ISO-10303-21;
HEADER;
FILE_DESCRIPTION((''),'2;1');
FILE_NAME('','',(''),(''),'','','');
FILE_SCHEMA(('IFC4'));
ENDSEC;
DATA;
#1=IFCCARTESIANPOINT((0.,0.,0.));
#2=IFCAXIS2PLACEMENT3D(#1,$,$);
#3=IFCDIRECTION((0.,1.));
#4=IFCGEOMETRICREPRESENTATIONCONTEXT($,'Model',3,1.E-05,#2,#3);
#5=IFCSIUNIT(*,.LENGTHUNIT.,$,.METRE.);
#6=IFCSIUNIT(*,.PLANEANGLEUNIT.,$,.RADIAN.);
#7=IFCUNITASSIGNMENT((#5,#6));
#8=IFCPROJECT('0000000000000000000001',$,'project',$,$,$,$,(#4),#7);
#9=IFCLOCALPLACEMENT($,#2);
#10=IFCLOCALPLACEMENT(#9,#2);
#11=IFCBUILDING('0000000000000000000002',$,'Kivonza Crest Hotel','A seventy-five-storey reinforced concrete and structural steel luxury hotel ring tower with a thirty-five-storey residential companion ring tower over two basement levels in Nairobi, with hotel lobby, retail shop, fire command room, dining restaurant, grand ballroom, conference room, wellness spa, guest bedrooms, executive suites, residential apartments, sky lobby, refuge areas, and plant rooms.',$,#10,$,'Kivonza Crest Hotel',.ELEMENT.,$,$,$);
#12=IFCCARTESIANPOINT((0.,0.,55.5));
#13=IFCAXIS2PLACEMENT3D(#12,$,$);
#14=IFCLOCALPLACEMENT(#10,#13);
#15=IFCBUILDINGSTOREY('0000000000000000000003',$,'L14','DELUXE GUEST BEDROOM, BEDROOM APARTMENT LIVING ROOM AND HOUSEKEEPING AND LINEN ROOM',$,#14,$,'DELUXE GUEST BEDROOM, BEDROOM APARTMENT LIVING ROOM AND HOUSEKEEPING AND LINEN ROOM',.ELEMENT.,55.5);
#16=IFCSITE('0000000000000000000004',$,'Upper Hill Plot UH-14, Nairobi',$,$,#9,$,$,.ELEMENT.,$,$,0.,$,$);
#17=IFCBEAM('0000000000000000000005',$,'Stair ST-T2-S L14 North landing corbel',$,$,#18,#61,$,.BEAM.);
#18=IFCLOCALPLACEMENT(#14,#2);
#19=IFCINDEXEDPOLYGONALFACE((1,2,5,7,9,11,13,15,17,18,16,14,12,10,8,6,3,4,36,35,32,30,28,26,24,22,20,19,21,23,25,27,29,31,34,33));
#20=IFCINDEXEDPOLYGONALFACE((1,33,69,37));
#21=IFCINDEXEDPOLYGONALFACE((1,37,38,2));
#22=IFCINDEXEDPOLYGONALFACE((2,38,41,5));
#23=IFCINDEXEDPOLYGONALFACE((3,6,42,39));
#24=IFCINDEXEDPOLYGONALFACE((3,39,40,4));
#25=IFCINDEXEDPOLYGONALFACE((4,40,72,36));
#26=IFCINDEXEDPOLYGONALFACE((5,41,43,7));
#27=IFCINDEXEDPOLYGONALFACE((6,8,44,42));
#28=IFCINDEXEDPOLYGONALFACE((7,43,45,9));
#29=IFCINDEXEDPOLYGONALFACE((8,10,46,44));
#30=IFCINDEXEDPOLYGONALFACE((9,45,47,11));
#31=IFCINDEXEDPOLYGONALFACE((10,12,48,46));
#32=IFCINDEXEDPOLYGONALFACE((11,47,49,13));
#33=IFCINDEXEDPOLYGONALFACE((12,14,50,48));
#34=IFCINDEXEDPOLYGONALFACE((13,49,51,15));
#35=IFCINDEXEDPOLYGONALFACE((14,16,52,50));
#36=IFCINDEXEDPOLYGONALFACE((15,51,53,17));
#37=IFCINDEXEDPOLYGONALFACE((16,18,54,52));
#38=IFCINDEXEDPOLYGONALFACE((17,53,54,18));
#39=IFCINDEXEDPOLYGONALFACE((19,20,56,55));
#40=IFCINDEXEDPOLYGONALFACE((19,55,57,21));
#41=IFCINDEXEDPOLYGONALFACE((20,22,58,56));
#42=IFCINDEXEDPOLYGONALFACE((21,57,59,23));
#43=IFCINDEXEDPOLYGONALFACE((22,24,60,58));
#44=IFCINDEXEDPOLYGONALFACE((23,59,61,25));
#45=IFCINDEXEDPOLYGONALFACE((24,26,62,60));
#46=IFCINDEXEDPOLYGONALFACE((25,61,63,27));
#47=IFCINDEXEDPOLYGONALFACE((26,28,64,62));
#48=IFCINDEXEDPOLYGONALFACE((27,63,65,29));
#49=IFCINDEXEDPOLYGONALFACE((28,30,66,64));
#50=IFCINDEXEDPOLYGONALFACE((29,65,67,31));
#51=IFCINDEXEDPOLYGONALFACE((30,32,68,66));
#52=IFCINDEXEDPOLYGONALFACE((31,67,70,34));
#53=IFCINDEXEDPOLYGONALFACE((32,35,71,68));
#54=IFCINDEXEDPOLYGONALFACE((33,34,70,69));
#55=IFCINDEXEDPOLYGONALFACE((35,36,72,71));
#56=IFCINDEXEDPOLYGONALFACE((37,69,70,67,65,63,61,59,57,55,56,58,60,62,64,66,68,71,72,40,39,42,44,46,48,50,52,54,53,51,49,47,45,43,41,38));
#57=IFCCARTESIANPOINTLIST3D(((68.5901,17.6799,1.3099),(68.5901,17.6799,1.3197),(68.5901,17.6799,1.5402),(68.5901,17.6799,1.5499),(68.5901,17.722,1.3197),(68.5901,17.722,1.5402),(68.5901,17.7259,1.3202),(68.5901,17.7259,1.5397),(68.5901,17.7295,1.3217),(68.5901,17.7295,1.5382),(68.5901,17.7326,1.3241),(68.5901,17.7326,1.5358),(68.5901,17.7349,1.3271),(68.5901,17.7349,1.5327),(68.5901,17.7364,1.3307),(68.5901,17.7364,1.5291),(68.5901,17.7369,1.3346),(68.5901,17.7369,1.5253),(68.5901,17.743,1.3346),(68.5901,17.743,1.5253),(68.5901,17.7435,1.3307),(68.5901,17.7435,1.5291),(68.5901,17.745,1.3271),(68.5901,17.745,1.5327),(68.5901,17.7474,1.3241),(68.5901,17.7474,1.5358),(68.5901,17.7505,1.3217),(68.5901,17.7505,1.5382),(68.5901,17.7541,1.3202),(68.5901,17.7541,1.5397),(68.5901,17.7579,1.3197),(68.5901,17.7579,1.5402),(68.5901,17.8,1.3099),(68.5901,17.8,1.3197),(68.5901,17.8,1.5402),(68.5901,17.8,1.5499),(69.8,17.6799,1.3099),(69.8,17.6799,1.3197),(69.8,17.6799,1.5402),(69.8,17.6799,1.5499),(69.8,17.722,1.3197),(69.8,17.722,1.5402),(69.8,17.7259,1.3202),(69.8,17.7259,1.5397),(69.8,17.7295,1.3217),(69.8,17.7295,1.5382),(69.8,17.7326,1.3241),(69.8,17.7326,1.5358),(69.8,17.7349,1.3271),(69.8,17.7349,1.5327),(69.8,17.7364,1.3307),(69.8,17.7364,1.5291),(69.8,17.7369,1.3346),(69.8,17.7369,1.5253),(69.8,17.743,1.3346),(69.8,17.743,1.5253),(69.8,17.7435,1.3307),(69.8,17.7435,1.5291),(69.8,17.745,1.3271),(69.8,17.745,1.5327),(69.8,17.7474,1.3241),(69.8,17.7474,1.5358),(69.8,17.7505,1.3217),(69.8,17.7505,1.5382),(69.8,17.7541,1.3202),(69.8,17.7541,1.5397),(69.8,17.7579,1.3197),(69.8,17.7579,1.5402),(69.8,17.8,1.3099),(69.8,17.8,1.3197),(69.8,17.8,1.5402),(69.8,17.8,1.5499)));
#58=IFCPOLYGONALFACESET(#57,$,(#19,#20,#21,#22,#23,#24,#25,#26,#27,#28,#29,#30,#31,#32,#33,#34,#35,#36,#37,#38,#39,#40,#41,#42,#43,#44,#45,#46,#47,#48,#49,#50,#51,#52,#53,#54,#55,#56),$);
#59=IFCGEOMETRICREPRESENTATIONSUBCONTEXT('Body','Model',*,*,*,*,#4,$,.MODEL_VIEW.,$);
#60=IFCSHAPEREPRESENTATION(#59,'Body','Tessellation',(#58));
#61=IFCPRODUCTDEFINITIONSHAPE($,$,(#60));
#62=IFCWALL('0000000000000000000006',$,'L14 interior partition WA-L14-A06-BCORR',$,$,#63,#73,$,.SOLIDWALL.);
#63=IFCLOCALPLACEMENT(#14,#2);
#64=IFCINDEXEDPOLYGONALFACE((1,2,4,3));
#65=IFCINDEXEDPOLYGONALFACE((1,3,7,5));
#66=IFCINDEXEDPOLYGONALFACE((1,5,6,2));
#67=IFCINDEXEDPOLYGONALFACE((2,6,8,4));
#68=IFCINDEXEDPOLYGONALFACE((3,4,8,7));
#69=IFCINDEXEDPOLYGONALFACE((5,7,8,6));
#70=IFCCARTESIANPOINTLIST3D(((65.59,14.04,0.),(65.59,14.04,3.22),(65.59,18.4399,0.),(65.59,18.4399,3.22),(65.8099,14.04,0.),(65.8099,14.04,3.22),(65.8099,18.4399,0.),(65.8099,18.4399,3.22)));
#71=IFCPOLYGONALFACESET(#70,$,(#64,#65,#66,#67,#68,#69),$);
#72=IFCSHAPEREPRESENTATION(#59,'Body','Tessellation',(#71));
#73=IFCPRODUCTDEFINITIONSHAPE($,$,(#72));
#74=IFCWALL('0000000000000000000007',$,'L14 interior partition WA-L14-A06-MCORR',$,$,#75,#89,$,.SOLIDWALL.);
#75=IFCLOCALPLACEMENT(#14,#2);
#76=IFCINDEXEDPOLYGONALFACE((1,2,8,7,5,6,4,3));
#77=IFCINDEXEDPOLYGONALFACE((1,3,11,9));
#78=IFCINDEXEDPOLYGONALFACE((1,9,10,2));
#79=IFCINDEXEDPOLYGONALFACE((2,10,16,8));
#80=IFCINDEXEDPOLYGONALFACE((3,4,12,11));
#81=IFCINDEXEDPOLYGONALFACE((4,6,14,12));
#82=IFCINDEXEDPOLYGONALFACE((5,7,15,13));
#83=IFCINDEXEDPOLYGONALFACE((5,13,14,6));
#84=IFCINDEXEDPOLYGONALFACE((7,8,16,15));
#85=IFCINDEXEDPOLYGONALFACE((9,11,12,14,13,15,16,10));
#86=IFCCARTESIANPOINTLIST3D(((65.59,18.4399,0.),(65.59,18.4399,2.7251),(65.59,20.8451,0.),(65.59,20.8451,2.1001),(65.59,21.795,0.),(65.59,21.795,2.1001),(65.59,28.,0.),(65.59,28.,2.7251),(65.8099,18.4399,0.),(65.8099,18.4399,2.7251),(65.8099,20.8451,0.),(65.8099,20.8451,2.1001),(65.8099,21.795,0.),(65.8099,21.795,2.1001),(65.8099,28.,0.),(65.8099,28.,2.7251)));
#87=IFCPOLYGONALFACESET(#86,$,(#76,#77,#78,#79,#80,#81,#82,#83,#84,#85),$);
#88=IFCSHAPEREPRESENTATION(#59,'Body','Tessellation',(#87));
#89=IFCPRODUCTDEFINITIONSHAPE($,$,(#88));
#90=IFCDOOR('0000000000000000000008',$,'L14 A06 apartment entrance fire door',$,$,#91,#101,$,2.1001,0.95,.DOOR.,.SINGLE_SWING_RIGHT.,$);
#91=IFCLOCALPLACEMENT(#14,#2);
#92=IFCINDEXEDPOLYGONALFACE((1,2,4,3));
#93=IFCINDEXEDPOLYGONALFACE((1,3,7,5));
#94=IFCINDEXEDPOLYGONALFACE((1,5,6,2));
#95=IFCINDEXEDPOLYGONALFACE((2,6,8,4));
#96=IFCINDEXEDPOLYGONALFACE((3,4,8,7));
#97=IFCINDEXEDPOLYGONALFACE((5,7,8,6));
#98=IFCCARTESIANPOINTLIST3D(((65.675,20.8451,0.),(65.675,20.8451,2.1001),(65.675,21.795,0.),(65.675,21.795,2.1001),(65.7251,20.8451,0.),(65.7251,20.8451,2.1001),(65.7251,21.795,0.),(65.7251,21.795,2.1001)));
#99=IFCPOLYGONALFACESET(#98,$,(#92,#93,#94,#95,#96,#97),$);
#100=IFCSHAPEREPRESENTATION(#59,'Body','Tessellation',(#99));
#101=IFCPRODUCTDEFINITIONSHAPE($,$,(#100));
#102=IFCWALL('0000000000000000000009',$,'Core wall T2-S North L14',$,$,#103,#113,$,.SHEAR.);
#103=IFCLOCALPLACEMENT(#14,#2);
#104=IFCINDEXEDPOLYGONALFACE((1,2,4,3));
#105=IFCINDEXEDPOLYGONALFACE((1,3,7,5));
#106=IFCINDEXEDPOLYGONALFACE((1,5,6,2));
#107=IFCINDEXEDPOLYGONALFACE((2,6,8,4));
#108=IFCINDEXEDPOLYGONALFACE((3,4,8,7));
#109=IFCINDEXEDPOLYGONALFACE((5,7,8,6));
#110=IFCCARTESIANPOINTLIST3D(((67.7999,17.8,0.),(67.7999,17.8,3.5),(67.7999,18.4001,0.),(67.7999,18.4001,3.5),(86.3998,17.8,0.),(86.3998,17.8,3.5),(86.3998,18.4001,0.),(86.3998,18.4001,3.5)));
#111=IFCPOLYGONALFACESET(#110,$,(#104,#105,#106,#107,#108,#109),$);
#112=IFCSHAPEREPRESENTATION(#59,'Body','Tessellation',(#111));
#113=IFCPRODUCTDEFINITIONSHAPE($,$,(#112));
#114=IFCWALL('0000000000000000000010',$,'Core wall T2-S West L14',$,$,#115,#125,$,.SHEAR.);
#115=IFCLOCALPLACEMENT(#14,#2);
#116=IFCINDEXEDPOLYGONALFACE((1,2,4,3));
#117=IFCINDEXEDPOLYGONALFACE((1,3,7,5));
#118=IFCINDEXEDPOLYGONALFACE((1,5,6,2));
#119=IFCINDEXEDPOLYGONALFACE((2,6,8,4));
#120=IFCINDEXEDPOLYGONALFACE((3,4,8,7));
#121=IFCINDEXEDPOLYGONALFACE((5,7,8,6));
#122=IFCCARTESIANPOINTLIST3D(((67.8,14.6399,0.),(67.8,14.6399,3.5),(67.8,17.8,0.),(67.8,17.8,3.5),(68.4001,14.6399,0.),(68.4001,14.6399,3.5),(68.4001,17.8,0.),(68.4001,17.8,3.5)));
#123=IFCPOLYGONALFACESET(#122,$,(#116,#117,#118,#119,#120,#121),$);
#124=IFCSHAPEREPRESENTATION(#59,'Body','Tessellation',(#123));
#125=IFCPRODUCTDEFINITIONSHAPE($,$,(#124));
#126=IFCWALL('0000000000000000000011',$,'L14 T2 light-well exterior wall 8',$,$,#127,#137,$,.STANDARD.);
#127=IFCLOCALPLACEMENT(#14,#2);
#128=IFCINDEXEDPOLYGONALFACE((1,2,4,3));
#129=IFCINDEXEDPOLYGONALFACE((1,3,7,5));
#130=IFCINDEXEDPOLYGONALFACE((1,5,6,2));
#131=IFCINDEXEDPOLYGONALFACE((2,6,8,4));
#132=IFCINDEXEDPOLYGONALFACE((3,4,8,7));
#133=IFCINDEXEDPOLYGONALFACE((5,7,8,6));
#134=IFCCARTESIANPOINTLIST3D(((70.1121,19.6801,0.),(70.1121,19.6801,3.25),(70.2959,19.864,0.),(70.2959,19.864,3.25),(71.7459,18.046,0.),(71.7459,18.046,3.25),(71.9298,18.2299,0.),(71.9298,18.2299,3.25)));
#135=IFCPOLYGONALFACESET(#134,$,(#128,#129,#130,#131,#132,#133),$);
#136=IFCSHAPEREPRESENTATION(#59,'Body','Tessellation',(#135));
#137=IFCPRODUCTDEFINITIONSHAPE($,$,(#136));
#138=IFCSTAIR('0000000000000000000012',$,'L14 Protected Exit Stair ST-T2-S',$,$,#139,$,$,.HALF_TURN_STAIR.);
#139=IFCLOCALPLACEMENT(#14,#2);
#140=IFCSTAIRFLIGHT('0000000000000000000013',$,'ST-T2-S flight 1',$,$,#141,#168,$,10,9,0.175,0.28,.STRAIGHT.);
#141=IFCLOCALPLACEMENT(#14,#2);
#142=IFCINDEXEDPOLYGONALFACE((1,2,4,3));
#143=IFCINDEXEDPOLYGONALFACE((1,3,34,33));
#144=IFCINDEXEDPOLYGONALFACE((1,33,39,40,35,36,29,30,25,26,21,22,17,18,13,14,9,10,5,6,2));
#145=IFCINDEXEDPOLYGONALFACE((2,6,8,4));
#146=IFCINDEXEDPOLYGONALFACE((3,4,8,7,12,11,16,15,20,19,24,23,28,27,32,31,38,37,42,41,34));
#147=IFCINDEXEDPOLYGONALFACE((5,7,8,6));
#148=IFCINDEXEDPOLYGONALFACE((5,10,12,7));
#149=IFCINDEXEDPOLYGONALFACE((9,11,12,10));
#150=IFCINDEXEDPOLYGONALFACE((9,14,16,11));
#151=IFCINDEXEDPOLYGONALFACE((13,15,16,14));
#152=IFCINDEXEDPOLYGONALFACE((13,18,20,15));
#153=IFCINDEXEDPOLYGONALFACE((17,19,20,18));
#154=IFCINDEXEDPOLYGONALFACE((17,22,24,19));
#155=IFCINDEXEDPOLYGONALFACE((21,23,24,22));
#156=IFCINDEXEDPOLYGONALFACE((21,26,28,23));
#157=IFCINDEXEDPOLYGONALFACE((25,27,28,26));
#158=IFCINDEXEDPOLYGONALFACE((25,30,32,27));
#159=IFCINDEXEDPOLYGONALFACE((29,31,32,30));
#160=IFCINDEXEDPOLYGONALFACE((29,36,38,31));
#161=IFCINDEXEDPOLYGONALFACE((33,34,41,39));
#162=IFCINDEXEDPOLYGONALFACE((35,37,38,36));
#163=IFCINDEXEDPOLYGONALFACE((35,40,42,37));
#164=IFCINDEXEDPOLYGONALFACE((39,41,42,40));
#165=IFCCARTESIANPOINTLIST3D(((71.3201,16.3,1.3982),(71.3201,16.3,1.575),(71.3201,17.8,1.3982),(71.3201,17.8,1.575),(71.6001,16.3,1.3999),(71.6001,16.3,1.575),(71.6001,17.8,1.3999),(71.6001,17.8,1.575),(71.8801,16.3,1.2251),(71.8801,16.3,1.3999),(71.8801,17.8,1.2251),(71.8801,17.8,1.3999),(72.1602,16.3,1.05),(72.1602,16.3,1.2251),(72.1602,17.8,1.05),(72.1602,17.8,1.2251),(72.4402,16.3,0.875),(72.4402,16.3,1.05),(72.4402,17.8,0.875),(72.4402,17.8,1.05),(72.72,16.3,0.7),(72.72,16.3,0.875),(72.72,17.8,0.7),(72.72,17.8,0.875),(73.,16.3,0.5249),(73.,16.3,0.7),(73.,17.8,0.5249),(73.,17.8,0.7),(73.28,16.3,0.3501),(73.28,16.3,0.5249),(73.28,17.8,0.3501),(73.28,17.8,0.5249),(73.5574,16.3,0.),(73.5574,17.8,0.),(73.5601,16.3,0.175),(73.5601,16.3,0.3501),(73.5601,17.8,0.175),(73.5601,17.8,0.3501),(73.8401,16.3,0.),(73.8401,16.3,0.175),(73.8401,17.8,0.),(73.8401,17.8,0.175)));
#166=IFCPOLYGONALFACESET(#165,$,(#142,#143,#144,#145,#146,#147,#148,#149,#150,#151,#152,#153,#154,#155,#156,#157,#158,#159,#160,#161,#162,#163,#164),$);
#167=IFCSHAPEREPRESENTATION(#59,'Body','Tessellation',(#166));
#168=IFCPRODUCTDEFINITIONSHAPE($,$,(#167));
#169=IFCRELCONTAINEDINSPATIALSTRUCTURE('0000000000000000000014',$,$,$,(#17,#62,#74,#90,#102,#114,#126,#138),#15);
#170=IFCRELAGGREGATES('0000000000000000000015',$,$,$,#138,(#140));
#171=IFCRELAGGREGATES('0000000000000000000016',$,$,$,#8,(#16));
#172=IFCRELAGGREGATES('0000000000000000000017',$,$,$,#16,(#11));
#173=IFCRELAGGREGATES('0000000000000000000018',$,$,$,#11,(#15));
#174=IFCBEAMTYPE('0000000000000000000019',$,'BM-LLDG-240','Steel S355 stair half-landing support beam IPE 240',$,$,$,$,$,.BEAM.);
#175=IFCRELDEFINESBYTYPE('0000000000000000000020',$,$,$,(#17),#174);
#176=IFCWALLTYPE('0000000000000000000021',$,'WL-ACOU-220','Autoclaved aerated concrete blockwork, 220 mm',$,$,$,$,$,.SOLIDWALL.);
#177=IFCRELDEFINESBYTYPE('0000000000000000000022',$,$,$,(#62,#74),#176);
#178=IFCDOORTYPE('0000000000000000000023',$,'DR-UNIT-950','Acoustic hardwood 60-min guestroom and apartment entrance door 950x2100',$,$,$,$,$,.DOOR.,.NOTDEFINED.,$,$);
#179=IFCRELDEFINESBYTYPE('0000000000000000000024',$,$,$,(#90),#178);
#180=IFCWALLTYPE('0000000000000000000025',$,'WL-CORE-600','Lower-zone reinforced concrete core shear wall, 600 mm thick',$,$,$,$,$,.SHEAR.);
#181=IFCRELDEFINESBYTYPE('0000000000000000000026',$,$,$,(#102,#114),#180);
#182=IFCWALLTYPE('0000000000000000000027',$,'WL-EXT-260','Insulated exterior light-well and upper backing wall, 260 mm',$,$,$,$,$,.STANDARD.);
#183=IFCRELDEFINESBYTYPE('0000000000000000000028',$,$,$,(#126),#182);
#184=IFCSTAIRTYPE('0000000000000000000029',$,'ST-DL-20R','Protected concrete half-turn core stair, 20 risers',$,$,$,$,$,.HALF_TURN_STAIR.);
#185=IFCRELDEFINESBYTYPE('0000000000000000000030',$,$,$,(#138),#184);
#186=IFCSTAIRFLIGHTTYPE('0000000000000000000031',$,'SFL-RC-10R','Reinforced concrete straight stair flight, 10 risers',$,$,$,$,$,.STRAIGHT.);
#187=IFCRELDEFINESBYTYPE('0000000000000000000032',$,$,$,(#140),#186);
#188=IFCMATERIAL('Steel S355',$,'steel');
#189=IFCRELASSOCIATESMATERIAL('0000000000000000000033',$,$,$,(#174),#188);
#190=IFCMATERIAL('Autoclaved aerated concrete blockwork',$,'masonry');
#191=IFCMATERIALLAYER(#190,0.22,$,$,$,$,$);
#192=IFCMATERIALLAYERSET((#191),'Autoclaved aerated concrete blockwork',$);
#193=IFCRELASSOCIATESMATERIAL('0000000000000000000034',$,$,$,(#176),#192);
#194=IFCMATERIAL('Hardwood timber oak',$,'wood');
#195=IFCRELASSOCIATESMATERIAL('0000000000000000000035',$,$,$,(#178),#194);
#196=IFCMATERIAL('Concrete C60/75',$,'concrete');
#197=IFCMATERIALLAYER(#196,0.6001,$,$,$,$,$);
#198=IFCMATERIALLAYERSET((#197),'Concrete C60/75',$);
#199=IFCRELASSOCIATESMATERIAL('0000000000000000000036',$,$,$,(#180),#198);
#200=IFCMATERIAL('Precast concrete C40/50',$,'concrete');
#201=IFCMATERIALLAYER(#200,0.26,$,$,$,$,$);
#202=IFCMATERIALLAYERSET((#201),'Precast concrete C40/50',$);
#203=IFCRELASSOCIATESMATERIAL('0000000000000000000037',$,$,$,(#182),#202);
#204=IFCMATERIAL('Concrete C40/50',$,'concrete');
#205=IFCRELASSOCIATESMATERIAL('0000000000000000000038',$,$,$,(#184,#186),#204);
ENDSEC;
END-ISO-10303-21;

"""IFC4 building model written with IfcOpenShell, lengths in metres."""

from ifc_helpers import new_model, si_unit, direction, frame, frame_2d, origin, origin_2d, place, context, subcontext, project, spatial, polyline, rectangle, i_section, outline, extrude, material, layer, layer_set, material_profile, profile_set, type_object, element, fill, aggregate, save


model = new_model("IFC4")

# Units and contexts
model_context = context("Model", 3, precision=1e-05, world=origin(), true_north=direction((0.0, 1.0)))
body_context = subcontext(model_context, "Body", "Model", "MODEL_VIEW")
ifc_project = project(units=[si_unit("LENGTHUNIT", "METRE"), si_unit("PLANEANGLEUNIT", "RADIAN")], contexts=[model_context])

# Site, building, storey
site_placement = place(None, origin())
site = spatial("IfcSite", under=ifc_project, at=site_placement, Name="Upper Hill Plot UH-14, Nairobi", CompositionType="ELEMENT", RefElevation=0.0)
building_placement = place(site_placement, origin())
building = spatial("IfcBuilding", under=site, at=building_placement, Name="Kivonza Crest Hotel", Description="A seventy-five-storey reinforced concrete and structural steel luxury hotel ring tower with a thirty-five-storey residential companion ring tower over two basement levels in Nairobi, with hotel lobby, retail shop, fire command room, dining restaurant, grand ballroom, conference room, wellness spa, guest bedrooms, executive suites, residential apartments, sky lobby, refuge areas, and plant rooms.", LongName="Kivonza Crest Hotel", CompositionType="ELEMENT")
storey_placement = place(building_placement, frame((0.0, 0.0, 55.5)))
storey = spatial("IfcBuildingStorey", under=building, at=storey_placement, Name="L14", Description="DELUXE GUEST BEDROOM, BEDROOM APARTMENT LIVING ROOM AND HOUSEKEEPING AND LINEN ROOM", LongName="DELUXE GUEST BEDROOM, BEDROOM APARTMENT LIVING ROOM AND HOUSEKEEPING AND LINEN ROOM", CompositionType="ELEMENT", Elevation=55.5)

# Beam
ifc_material_1 = material(Name="Steel S355", Category="steel")
ifc_material_profile_1 = material_profile(ifc_material_1, i_section(OverallWidth=0.1201, OverallDepth=0.24, WebThickness=0.0061, FlangeThickness=0.0098, FilletRadius=0.0149, at=origin_2d()), Name="IPE 240")
ifc_profile_set_1 = profile_set([ifc_material_profile_1], Name="Steel S355")
beam_type_1 = type_object("IfcBeamType", Name="BM-LLDG-240", Description="Steel S355 stair half-landing support beam IPE 240", PredefinedType="BEAM", material=ifc_profile_set_1)
for number, where, z_axis, x_axis, name in (
    (1, (68.5901, 17.74, 1.4299), (1.0, 0.0, 0.0), (0.0, 1.0, 0.0), "Stair ST-T2-S L14 North landing corbel"),
):
    element("IfcBeam", number, at=place(storey_placement, frame(where, z_axis=z_axis, x_axis=x_axis)), inside=storey, type_object=beam_type_1, Name=name, PredefinedType="BEAM", context=body_context, shape_type="SweptSolid", body=[
        extrude(i_section(OverallWidth=0.1201, OverallDepth=0.24, WebThickness=0.0061, FlangeThickness=0.0098, FilletRadius=0.0149, at=origin_2d()), origin(), (0.0, 0.0, 1.0), 1.21),
    ])

# Wall
ifc_material_2 = material(Name="Autoclaved aerated concrete blockwork", Category="masonry")
ifc_layer_1 = layer(ifc_material_2, 0.22)
ifc_layer_set_1 = layer_set([ifc_layer_1], Name="Autoclaved aerated concrete blockwork")
wall_type_1 = type_object("IfcWallType", Name="WL-ACOU-220", Description="Autoclaved aerated concrete blockwork, 220 mm", PredefinedType="SOLIDWALL", material=ifc_layer_set_1)
wall_1_placement = place(storey_placement, frame((65.7, 14.04, 0.0), z_axis=(0.0, 0.0, 1.0), x_axis=(0.0, 1.0, 0.0)))
element("IfcWall", 2, at=wall_1_placement, inside=storey, type_object=wall_type_1, Name="L14 interior partition WA-L14-A06-BCORR", PredefinedType="SOLIDWALL", context=body_context, shape_type="SweptSolid", body=[
    extrude(rectangle(XDim=4.3999, YDim=0.22, at=frame_2d((2.2, 0.0))), origin(), (0.0, 0.0, 1.0), 3.22),
])

# Wall, opening, door
wall_2_placement = place(storey_placement, frame((65.7, 18.4399, 0.0), z_axis=(0.0, 0.0, 1.0), x_axis=(0.0, 1.0, 0.0)))
wall_2 = element("IfcWall", 3, at=wall_2_placement, inside=storey, type_object=wall_type_1, Name="L14 interior partition WA-L14-A06-MCORR", PredefinedType="SOLIDWALL", context=body_context, shape_type="SweptSolid", body=[
    extrude(rectangle(XDim=9.5601, YDim=0.22, at=frame_2d((4.78, 0.0))), origin(), (0.0, 0.0, 1.0), 2.7251),
])
opening_1_placement = place(wall_2_placement, frame((2.405, 0.0, 0.0)))
opening_1 = element("IfcOpeningElement", 4, at=opening_1_placement, cuts=wall_2, PredefinedType="OPENING", context=body_context, shape_type="SweptSolid", body=[
    extrude(rectangle(XDim=0.95, YDim=2.1001, at=frame_2d((0.4751, 1.05))), frame((0.0, 0.1201, 0.0), z_axis=(0.0, -1.0, 0.0), x_axis=(1.0, 0.0, 0.0)), (0.0, 0.0, 1.0), 0.24),
])
ifc_material_3 = material(Name="Hardwood timber oak", Category="wood")
door_type_1 = type_object("IfcDoorType", Name="DR-UNIT-950", Description="Acoustic hardwood 60-min guestroom and apartment entrance door 950x2100", OperationType="NOTDEFINED", PredefinedType="DOOR", material=ifc_material_3)
door_1_placement = place(opening_1_placement, origin())
door_1 = element("IfcDoor", 5, at=door_1_placement, inside=storey, type_object=door_type_1, Name="L14 A06 apartment entrance fire door", OperationType="SINGLE_SWING_RIGHT", OverallHeight=2.1001, OverallWidth=0.95, PredefinedType="DOOR", context=body_context, shape_type="SweptSolid", body=[
    extrude(rectangle(XDim=0.95, YDim=2.1001, at=frame_2d((0.4751, 1.05))), frame((0.0, 0.0249, 0.0), z_axis=(0.0, -1.0, 0.0), x_axis=(1.0, 0.0, 0.0)), (0.0, 0.0, 1.0), 0.05),
])
fill(opening_1, door_1)

# Shared definitions
ifc_material_4 = material(Name="Concrete C60/75", Category="concrete")
ifc_layer_2 = layer(ifc_material_4, 0.6001)
ifc_layer_set_2 = layer_set([ifc_layer_2], Name="Concrete C60/75")
wall_type_2 = type_object("IfcWallType", Name="WL-CORE-600", Description="Lower-zone reinforced concrete core shear wall, 600 mm thick", PredefinedType="SHEAR", material=ifc_layer_set_2)

# Walls
wall_3_placement = place(storey_placement, frame((67.8, 18.1001, 0.0), z_axis=(0.0, 0.0, 1.0), x_axis=(1.0, 0.0, 0.0)))
element("IfcWall", 6, at=wall_3_placement, inside=storey, type_object=wall_type_2, Name="Core wall T2-S North L14", PredefinedType="SHEAR", context=body_context, shape_type="SweptSolid", body=[
    extrude(rectangle(XDim=18.5999, YDim=0.6001, at=frame_2d((9.2998, 0.0))), origin(), (0.0, 0.0, 1.0), 3.5),
])
wall_4_placement = place(storey_placement, frame((68.1001, 14.6399, 0.0), z_axis=(0.0, 0.0, 1.0), x_axis=(0.0, 1.0, 0.0)))
element("IfcWall", 7, at=wall_4_placement, inside=storey, type_object=wall_type_2, Name="Core wall T2-S West L14", PredefinedType="SHEAR", context=body_context, shape_type="SweptSolid", body=[
    extrude(rectangle(XDim=3.1602, YDim=0.6001, at=frame_2d((1.5801, 0.0))), origin(), (0.0, 0.0, 1.0), 3.5),
])
ifc_material_5 = material(Name="Precast concrete C40/50", Category="concrete")
ifc_layer_3 = layer(ifc_material_5, 0.26)
ifc_layer_set_3 = layer_set([ifc_layer_3], Name="Precast concrete C40/50")
wall_type_3 = type_object("IfcWallType", Name="WL-EXT-260", Description="Insulated exterior light-well and upper backing wall, 260 mm", PredefinedType="STANDARD", material=ifc_layer_set_3)
wall_5_placement = place(storey_placement, frame((70.2041, 19.772, 0.0), z_axis=(0.0, 0.0, 1.0), x_axis=(0.707054, -0.70716, 0.0)))
element("IfcWall", 8, at=wall_5_placement, inside=storey, type_object=wall_type_3, Name="L14 T2 light-well exterior wall 8", PredefinedType="STANDARD", context=body_context, shape_type="SweptSolid", body=[
    extrude(rectangle(XDim=2.3108, YDim=0.26, at=frame_2d((1.1553, 0.0))), origin(), (0.0, 0.0, 1.0), 3.25),
])

# Stair, stair flight
ifc_material_6 = material(Name="Concrete C40/50", Category="concrete")
stair_type = type_object("IfcStairType", Name="ST-DL-20R", Description="Protected concrete half-turn core stair, 20 risers", PredefinedType="HALF_TURN_STAIR", material=ifc_material_6)
stair_placement = place(storey_placement, origin())
stair = element("IfcStair", 9, at=stair_placement, inside=storey, type_object=stair_type, Name="L14 Protected Exit Stair ST-T2-S", PredefinedType="HALF_TURN_STAIR")
stair_flight_type = type_object("IfcStairFlightType", Name="SFL-RC-10R", Description="Reinforced concrete straight stair flight, 10 risers", PredefinedType="STRAIGHT", material=ifc_material_6)
stair_flight_1_placement = place(storey_placement, frame((73.8401, 17.05, 0.0), z_axis=(0.0, 0.0, 1.0), x_axis=(-1.0, 0.0, 0.0)))
stair_flight_1 = element("IfcStairFlight", 10, at=stair_flight_1_placement, type_object=stair_flight_type, Name="ST-T2-S flight 1", NumberOfRisers=10, NumberOfTreads=9, PredefinedType="STRAIGHT", RiserHeight=0.175, TreadLength=0.28, context=body_context, shape_type="SweptSolid", body=[
    extrude(outline(polyline([(0.0, 0.0), (0.0, 0.175), (0.28, 0.175), (0.28, 0.3501), (0.5601, 0.3501), (0.5601, 0.5249), (0.8401, 0.5249), (0.8401, 0.7), (1.1201, 0.7), (1.1201, 0.875), (1.3999, 0.875), (1.3999, 1.05), (1.6799, 1.05), (1.6799, 1.2251), (1.96, 1.2251), (1.96, 1.3999), (2.24, 1.3999), (2.24, 1.575), (2.52, 1.575), (2.52, 1.75), (2.52, 1.3982), (0.2827, 0.0), (0.0, 0.0)])), frame((0.0, 0.75, 0.0), z_axis=(0.0, -1.0, 0.0), x_axis=(1.0, 0.0, 0.0)), (0.0, 0.0, 1.0), 1.5),
])
aggregate(stair, [stair_flight_1])

save(model, "model.ifc")
